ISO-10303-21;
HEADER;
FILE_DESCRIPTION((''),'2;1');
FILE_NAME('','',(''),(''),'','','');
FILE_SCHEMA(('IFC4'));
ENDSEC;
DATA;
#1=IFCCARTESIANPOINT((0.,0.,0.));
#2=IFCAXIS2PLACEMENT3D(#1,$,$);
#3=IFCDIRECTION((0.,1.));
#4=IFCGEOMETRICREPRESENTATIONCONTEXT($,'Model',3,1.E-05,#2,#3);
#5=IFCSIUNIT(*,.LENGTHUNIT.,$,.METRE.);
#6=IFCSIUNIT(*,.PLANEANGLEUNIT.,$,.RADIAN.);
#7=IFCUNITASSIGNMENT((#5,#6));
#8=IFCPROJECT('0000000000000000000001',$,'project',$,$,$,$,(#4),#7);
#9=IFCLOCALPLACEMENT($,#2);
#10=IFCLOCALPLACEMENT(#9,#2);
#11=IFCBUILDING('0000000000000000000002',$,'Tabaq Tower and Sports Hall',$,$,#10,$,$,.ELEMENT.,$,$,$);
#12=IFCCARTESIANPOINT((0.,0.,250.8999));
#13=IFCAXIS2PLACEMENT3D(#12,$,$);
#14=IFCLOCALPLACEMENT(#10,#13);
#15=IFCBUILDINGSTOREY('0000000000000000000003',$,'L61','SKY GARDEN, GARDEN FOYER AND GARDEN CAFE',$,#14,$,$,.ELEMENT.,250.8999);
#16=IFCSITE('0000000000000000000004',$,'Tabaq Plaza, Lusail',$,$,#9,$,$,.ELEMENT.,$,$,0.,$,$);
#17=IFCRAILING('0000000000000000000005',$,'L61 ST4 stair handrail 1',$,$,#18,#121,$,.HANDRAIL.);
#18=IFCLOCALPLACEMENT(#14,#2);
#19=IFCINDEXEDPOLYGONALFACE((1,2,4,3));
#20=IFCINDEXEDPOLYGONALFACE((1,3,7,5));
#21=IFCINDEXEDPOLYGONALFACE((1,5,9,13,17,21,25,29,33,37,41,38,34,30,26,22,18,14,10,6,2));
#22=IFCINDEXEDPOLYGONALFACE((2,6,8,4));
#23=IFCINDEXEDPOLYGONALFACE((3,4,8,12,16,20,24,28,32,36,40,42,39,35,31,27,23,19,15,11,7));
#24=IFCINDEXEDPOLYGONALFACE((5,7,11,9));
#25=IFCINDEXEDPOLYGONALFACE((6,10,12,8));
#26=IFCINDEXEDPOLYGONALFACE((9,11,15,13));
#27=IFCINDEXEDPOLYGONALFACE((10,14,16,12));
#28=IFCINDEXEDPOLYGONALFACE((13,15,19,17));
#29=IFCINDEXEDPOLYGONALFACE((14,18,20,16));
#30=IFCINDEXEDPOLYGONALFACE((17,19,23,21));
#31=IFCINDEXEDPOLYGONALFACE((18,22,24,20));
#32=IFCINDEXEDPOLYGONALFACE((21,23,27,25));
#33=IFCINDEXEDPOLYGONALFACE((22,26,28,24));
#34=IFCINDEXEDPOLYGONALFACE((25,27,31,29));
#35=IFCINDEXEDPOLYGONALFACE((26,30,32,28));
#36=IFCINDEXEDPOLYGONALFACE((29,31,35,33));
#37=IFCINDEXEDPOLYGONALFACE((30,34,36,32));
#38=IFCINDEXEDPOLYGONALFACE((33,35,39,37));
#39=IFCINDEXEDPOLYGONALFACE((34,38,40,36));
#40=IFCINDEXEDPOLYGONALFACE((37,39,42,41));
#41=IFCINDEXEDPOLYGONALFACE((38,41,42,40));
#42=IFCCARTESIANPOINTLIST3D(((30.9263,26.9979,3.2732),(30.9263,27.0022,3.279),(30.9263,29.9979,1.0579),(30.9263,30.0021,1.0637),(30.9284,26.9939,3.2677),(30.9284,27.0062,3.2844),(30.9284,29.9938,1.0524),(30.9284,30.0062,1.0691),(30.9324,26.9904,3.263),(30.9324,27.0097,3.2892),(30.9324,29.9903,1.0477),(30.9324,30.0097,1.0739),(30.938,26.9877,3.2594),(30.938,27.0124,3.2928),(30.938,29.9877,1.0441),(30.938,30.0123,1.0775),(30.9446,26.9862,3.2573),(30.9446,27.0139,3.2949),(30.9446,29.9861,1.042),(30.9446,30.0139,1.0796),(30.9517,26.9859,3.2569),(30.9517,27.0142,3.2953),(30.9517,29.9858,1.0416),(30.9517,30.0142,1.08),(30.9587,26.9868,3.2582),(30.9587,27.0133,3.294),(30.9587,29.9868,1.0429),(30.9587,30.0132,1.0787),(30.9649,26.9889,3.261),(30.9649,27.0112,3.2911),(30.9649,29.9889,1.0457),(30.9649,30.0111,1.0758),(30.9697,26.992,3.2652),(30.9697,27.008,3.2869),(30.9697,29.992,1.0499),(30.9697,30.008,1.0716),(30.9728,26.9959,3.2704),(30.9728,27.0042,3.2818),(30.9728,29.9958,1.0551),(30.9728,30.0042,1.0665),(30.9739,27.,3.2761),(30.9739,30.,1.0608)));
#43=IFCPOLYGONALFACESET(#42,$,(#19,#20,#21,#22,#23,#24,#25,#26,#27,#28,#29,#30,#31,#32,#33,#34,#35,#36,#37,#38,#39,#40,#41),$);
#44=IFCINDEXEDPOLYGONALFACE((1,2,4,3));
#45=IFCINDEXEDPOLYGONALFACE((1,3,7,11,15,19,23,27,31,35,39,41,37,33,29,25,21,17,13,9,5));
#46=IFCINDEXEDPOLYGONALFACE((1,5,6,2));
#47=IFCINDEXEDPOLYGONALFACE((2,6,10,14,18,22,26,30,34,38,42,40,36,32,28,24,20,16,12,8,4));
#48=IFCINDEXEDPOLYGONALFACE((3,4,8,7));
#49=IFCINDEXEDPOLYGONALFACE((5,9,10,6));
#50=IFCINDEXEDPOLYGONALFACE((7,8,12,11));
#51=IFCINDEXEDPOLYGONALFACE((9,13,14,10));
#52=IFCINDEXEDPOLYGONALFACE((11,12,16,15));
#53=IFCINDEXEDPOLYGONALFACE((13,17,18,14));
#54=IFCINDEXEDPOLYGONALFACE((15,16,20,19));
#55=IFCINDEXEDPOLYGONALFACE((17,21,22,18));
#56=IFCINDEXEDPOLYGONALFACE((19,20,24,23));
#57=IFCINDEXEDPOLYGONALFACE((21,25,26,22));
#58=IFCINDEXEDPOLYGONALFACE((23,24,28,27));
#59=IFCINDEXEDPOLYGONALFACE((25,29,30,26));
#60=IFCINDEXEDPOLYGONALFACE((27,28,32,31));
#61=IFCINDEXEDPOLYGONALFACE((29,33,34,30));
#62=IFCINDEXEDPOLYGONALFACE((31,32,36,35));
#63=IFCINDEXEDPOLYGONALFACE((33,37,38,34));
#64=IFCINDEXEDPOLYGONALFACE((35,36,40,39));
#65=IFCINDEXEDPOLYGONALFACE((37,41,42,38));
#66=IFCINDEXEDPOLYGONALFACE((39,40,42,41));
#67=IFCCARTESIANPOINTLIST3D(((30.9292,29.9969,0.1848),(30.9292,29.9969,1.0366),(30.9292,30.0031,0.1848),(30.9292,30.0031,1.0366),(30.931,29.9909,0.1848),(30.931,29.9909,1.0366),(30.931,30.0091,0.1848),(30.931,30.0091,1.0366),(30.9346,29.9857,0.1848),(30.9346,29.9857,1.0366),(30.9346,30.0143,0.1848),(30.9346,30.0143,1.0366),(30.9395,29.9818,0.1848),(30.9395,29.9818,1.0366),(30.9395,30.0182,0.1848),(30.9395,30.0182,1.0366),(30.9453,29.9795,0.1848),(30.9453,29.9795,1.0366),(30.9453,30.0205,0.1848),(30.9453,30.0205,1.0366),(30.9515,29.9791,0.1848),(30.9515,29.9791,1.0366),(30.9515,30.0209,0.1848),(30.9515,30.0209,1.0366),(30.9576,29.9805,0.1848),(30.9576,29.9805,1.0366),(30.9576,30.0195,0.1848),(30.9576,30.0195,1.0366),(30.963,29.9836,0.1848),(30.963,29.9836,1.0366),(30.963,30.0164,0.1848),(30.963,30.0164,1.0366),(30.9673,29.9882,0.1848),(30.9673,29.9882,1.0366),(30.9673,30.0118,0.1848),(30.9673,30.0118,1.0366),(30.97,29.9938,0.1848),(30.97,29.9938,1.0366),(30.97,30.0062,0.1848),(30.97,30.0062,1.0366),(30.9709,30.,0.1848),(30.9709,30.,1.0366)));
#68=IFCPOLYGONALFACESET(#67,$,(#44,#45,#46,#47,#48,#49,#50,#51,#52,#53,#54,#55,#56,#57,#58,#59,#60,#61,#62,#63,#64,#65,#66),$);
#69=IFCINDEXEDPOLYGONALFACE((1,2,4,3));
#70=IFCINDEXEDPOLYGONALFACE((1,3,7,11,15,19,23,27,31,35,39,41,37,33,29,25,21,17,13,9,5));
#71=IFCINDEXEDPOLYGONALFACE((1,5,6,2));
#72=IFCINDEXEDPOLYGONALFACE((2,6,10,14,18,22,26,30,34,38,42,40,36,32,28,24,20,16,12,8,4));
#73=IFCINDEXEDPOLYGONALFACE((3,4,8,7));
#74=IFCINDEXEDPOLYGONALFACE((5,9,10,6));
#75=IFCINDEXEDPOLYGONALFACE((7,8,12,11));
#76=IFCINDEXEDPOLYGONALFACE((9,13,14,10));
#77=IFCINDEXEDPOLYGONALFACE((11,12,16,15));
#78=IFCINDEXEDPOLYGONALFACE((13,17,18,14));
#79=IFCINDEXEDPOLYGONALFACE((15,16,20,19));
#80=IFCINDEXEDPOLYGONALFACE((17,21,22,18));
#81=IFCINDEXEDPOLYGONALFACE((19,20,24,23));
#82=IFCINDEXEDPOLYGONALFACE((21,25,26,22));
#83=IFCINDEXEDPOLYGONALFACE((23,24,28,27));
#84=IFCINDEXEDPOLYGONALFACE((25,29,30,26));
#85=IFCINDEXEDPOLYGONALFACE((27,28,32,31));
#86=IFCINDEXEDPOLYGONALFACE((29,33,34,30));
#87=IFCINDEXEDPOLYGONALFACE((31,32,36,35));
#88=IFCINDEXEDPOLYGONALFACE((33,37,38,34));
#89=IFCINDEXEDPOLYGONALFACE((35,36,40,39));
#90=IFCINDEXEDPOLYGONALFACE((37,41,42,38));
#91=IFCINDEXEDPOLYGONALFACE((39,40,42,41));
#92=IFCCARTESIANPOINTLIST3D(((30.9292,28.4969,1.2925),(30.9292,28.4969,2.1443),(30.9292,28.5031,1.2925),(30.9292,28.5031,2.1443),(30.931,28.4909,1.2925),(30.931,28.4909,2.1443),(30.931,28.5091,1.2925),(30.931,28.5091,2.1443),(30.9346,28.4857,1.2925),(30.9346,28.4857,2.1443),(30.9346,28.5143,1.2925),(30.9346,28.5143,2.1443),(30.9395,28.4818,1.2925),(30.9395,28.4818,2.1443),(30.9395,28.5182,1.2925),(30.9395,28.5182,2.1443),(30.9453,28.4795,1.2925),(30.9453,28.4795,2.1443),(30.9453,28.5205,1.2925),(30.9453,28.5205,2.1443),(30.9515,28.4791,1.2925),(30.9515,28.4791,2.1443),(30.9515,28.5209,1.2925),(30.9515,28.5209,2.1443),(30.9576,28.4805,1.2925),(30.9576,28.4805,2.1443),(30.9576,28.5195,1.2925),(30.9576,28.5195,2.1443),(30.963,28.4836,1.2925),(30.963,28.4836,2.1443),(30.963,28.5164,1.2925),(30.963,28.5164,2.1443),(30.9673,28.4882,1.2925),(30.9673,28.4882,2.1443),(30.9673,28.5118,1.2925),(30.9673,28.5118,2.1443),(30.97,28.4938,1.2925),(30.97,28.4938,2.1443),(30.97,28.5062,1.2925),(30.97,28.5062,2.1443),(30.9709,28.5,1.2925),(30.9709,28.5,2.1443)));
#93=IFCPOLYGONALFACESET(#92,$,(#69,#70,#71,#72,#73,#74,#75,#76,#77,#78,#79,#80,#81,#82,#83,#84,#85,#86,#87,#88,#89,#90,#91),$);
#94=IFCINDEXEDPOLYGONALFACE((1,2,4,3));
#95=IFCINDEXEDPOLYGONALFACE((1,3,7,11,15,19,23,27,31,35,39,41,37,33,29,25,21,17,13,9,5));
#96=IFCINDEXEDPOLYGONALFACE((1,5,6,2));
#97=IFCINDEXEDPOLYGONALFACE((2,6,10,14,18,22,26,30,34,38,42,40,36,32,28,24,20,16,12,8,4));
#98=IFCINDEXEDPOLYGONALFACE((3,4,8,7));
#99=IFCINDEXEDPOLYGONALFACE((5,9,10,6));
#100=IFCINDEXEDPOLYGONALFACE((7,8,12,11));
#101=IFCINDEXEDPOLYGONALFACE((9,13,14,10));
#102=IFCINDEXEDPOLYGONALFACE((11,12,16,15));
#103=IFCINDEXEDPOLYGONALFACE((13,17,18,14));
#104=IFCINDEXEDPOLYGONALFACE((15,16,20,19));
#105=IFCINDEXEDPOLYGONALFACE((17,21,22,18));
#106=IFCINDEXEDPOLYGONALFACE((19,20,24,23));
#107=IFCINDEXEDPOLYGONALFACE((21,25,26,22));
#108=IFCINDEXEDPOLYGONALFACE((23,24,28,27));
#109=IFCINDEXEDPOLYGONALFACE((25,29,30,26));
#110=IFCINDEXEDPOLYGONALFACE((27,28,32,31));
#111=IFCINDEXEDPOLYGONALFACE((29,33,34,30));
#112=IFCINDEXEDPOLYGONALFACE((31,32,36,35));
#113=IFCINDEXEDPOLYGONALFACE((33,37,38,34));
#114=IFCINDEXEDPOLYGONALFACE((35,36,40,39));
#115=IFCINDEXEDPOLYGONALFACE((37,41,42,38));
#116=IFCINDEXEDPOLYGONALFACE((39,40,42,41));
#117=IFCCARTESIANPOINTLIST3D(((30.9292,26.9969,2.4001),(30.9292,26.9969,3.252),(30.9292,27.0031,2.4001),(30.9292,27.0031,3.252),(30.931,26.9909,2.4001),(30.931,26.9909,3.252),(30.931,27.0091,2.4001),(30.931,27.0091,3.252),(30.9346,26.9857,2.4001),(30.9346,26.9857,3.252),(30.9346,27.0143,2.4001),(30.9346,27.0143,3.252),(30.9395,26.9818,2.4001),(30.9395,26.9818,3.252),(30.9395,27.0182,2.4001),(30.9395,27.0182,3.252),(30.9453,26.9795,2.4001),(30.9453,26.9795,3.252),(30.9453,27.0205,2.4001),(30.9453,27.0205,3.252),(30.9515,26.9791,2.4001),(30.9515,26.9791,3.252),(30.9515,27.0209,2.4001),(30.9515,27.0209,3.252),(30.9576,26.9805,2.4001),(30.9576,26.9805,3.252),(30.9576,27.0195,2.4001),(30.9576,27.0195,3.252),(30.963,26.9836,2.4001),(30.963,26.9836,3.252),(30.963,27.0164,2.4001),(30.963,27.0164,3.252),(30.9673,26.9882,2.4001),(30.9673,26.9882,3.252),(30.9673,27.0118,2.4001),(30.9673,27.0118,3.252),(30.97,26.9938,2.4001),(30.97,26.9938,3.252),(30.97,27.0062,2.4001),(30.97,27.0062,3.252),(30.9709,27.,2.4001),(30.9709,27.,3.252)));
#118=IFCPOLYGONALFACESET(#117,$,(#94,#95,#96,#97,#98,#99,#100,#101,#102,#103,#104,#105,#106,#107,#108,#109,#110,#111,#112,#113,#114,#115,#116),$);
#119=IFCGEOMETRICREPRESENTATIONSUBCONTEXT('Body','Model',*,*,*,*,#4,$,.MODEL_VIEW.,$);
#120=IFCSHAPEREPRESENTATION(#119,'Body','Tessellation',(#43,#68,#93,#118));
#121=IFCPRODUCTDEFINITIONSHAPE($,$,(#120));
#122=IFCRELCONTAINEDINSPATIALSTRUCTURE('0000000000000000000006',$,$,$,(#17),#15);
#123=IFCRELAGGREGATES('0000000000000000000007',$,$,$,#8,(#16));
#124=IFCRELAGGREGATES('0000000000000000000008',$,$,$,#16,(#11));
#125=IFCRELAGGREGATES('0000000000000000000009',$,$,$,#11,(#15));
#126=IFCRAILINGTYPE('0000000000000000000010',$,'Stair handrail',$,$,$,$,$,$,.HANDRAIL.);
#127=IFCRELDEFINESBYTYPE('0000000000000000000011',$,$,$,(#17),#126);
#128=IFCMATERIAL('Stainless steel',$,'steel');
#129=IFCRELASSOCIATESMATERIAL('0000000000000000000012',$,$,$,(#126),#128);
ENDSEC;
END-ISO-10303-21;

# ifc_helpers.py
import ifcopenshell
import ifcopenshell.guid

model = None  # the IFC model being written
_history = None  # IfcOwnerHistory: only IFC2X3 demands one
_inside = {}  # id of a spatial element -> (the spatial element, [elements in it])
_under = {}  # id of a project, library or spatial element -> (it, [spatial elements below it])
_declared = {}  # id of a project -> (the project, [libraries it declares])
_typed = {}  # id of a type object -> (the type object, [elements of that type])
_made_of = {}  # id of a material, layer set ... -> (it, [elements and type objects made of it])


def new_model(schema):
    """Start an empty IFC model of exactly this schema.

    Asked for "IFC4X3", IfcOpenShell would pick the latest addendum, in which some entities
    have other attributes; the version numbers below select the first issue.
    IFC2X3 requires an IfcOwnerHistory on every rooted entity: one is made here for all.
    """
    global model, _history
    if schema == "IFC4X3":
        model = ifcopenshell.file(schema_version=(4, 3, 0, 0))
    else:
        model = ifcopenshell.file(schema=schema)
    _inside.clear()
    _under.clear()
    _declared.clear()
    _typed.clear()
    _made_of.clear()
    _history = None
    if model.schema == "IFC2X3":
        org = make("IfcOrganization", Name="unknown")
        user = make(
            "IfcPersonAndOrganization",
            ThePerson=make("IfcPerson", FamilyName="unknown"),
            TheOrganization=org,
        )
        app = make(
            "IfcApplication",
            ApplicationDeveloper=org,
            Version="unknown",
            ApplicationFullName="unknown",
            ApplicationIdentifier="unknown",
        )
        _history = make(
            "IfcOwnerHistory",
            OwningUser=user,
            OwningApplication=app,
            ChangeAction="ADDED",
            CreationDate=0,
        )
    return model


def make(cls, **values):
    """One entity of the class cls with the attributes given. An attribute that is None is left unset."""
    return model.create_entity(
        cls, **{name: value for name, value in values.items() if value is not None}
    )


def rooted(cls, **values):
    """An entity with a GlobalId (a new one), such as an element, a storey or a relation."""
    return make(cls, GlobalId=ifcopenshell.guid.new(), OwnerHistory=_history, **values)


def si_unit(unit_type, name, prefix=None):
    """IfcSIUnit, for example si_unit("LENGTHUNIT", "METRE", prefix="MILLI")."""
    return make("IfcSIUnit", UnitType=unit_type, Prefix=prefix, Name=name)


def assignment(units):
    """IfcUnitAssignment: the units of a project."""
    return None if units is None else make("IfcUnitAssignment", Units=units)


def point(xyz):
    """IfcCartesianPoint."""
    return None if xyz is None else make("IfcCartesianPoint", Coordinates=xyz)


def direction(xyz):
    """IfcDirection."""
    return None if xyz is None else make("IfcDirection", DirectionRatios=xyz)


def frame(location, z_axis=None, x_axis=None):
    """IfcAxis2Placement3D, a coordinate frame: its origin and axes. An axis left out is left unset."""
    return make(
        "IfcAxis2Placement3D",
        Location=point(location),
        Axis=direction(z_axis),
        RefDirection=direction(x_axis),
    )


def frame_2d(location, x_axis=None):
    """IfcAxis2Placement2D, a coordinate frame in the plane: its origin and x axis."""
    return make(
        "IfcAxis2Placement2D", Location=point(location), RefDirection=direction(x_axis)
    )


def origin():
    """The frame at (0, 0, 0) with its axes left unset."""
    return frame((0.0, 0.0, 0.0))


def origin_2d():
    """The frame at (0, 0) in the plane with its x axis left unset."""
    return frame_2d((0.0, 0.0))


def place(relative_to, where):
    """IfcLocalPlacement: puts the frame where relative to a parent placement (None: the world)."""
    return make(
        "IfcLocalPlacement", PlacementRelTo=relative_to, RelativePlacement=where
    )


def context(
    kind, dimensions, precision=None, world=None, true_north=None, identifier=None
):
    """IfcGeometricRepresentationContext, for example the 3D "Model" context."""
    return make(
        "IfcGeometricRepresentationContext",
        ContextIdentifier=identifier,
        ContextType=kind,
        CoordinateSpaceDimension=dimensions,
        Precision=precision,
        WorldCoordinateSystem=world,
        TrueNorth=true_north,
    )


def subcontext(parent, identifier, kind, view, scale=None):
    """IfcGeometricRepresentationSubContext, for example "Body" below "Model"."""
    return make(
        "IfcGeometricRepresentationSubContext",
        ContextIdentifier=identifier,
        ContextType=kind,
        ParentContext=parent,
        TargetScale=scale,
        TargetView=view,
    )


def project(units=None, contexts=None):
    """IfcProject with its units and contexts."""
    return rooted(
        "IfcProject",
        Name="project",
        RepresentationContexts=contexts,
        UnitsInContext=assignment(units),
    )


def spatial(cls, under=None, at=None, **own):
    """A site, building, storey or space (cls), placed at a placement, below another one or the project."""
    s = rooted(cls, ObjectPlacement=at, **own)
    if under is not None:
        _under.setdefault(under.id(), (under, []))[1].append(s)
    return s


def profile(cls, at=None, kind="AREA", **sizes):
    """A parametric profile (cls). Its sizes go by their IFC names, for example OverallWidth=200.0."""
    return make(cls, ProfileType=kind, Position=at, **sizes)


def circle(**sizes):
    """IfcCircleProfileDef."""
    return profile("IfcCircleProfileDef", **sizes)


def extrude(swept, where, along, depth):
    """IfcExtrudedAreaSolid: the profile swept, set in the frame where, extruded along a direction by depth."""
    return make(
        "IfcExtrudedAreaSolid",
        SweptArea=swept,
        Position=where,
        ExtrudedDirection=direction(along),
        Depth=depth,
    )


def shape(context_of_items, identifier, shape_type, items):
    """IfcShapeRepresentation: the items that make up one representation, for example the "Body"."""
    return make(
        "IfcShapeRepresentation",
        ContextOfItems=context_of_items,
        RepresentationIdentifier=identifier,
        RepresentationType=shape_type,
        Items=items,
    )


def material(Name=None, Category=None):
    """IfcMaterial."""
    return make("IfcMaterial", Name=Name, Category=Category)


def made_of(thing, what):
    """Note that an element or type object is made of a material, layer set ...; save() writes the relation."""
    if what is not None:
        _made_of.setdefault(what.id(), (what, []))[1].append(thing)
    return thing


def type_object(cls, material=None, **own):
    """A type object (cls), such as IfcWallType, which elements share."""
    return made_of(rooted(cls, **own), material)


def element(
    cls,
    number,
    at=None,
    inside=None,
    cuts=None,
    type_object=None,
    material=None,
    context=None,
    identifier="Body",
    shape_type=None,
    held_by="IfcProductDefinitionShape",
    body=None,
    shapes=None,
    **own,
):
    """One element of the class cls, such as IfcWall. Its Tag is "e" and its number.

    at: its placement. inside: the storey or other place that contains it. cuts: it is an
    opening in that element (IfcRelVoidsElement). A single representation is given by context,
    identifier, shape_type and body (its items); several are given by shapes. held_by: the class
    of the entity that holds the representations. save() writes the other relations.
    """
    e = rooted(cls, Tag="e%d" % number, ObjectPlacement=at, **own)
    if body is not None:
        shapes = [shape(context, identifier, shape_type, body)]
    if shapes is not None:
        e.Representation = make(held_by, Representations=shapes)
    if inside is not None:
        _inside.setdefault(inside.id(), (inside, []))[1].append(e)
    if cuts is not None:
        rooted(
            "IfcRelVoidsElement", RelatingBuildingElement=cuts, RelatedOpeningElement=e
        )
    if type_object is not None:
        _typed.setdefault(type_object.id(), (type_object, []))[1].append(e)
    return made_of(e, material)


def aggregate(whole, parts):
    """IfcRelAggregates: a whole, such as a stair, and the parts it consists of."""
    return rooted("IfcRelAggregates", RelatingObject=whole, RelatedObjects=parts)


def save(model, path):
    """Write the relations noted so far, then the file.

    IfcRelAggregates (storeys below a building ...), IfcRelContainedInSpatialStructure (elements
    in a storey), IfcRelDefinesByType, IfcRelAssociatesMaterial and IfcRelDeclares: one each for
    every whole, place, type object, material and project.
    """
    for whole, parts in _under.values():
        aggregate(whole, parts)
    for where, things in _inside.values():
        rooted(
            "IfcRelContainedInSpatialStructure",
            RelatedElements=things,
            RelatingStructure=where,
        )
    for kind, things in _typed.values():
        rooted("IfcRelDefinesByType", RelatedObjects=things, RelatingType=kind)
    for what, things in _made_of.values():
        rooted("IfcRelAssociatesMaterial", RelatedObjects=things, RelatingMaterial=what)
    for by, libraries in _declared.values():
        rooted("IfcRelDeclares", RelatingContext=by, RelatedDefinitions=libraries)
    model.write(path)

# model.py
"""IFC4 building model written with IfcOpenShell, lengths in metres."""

from ifc_helpers import new_model, si_unit, direction, frame, origin, origin_2d, place, context, subcontext, project, spatial, circle, extrude, material, type_object, element, save


model = new_model("IFC4")

# Units and contexts
model_context = context("Model", 3, precision=1e-05, world=origin(), true_north=direction((0.0, 1.0)))
body_context = subcontext(model_context, "Body", "Model", "MODEL_VIEW")
ifc_project = project(units=[si_unit("LENGTHUNIT", "METRE"), si_unit("PLANEANGLEUNIT", "RADIAN")], contexts=[model_context])

# Site, building, storey
site_placement = place(None, origin())
site = spatial("IfcSite", under=ifc_project, at=site_placement, Name="Tabaq Plaza, Lusail", CompositionType="ELEMENT", RefElevation=0.0)
building_placement = place(site_placement, origin())
building = spatial("IfcBuilding", under=site, at=building_placement, Name="Tabaq Tower and Sports Hall", CompositionType="ELEMENT")
storey_placement = place(building_placement, frame((0.0, 0.0, 250.8999)))
storey = spatial("IfcBuildingStorey", under=building, at=storey_placement, Name="L61", Description="SKY GARDEN, GARDEN FOYER AND GARDEN CAFE", CompositionType="ELEMENT", Elevation=250.8999)

# Railing
ifc_material_1 = material(Name="Stainless steel", Category="steel")
railing_type_1 = type_object("IfcRailingType", Name="Stair handrail", PredefinedType="HANDRAIL", material=ifc_material_1)
railing_1_placement = place(storey_placement, frame((30.95, 30.0, 0.1848)))
element("IfcRailing", 1, at=railing_1_placement, inside=storey, type_object=railing_type_1, Name="L61 ST4 stair handrail 1", PredefinedType="HANDRAIL", context=body_context, shape_type="SweptSolid", body=[
    extrude(circle(Radius=0.0239, at=origin_2d()), frame((0.0, 0.0, 0.876), z_axis=(0.0, -0.80444, 0.594034), x_axis=(1.0, 0.0, 0.0)), (0.0, 0.0, 1.0), 3.7292),
    extrude(circle(Radius=0.021, at=origin_2d()), origin(), (0.0, 0.0, 1.0), 0.8518),
    extrude(circle(Radius=0.021, at=origin_2d()), frame((0.0, -1.5, 1.1077)), (0.0, 0.0, 1.0), 0.8518),
    extrude(circle(Radius=0.021, at=origin_2d()), frame((0.0, -3.0, 2.2153)), (0.0, 0.0, 1.0), 0.8518),
])

save(model, "model.ifc")
